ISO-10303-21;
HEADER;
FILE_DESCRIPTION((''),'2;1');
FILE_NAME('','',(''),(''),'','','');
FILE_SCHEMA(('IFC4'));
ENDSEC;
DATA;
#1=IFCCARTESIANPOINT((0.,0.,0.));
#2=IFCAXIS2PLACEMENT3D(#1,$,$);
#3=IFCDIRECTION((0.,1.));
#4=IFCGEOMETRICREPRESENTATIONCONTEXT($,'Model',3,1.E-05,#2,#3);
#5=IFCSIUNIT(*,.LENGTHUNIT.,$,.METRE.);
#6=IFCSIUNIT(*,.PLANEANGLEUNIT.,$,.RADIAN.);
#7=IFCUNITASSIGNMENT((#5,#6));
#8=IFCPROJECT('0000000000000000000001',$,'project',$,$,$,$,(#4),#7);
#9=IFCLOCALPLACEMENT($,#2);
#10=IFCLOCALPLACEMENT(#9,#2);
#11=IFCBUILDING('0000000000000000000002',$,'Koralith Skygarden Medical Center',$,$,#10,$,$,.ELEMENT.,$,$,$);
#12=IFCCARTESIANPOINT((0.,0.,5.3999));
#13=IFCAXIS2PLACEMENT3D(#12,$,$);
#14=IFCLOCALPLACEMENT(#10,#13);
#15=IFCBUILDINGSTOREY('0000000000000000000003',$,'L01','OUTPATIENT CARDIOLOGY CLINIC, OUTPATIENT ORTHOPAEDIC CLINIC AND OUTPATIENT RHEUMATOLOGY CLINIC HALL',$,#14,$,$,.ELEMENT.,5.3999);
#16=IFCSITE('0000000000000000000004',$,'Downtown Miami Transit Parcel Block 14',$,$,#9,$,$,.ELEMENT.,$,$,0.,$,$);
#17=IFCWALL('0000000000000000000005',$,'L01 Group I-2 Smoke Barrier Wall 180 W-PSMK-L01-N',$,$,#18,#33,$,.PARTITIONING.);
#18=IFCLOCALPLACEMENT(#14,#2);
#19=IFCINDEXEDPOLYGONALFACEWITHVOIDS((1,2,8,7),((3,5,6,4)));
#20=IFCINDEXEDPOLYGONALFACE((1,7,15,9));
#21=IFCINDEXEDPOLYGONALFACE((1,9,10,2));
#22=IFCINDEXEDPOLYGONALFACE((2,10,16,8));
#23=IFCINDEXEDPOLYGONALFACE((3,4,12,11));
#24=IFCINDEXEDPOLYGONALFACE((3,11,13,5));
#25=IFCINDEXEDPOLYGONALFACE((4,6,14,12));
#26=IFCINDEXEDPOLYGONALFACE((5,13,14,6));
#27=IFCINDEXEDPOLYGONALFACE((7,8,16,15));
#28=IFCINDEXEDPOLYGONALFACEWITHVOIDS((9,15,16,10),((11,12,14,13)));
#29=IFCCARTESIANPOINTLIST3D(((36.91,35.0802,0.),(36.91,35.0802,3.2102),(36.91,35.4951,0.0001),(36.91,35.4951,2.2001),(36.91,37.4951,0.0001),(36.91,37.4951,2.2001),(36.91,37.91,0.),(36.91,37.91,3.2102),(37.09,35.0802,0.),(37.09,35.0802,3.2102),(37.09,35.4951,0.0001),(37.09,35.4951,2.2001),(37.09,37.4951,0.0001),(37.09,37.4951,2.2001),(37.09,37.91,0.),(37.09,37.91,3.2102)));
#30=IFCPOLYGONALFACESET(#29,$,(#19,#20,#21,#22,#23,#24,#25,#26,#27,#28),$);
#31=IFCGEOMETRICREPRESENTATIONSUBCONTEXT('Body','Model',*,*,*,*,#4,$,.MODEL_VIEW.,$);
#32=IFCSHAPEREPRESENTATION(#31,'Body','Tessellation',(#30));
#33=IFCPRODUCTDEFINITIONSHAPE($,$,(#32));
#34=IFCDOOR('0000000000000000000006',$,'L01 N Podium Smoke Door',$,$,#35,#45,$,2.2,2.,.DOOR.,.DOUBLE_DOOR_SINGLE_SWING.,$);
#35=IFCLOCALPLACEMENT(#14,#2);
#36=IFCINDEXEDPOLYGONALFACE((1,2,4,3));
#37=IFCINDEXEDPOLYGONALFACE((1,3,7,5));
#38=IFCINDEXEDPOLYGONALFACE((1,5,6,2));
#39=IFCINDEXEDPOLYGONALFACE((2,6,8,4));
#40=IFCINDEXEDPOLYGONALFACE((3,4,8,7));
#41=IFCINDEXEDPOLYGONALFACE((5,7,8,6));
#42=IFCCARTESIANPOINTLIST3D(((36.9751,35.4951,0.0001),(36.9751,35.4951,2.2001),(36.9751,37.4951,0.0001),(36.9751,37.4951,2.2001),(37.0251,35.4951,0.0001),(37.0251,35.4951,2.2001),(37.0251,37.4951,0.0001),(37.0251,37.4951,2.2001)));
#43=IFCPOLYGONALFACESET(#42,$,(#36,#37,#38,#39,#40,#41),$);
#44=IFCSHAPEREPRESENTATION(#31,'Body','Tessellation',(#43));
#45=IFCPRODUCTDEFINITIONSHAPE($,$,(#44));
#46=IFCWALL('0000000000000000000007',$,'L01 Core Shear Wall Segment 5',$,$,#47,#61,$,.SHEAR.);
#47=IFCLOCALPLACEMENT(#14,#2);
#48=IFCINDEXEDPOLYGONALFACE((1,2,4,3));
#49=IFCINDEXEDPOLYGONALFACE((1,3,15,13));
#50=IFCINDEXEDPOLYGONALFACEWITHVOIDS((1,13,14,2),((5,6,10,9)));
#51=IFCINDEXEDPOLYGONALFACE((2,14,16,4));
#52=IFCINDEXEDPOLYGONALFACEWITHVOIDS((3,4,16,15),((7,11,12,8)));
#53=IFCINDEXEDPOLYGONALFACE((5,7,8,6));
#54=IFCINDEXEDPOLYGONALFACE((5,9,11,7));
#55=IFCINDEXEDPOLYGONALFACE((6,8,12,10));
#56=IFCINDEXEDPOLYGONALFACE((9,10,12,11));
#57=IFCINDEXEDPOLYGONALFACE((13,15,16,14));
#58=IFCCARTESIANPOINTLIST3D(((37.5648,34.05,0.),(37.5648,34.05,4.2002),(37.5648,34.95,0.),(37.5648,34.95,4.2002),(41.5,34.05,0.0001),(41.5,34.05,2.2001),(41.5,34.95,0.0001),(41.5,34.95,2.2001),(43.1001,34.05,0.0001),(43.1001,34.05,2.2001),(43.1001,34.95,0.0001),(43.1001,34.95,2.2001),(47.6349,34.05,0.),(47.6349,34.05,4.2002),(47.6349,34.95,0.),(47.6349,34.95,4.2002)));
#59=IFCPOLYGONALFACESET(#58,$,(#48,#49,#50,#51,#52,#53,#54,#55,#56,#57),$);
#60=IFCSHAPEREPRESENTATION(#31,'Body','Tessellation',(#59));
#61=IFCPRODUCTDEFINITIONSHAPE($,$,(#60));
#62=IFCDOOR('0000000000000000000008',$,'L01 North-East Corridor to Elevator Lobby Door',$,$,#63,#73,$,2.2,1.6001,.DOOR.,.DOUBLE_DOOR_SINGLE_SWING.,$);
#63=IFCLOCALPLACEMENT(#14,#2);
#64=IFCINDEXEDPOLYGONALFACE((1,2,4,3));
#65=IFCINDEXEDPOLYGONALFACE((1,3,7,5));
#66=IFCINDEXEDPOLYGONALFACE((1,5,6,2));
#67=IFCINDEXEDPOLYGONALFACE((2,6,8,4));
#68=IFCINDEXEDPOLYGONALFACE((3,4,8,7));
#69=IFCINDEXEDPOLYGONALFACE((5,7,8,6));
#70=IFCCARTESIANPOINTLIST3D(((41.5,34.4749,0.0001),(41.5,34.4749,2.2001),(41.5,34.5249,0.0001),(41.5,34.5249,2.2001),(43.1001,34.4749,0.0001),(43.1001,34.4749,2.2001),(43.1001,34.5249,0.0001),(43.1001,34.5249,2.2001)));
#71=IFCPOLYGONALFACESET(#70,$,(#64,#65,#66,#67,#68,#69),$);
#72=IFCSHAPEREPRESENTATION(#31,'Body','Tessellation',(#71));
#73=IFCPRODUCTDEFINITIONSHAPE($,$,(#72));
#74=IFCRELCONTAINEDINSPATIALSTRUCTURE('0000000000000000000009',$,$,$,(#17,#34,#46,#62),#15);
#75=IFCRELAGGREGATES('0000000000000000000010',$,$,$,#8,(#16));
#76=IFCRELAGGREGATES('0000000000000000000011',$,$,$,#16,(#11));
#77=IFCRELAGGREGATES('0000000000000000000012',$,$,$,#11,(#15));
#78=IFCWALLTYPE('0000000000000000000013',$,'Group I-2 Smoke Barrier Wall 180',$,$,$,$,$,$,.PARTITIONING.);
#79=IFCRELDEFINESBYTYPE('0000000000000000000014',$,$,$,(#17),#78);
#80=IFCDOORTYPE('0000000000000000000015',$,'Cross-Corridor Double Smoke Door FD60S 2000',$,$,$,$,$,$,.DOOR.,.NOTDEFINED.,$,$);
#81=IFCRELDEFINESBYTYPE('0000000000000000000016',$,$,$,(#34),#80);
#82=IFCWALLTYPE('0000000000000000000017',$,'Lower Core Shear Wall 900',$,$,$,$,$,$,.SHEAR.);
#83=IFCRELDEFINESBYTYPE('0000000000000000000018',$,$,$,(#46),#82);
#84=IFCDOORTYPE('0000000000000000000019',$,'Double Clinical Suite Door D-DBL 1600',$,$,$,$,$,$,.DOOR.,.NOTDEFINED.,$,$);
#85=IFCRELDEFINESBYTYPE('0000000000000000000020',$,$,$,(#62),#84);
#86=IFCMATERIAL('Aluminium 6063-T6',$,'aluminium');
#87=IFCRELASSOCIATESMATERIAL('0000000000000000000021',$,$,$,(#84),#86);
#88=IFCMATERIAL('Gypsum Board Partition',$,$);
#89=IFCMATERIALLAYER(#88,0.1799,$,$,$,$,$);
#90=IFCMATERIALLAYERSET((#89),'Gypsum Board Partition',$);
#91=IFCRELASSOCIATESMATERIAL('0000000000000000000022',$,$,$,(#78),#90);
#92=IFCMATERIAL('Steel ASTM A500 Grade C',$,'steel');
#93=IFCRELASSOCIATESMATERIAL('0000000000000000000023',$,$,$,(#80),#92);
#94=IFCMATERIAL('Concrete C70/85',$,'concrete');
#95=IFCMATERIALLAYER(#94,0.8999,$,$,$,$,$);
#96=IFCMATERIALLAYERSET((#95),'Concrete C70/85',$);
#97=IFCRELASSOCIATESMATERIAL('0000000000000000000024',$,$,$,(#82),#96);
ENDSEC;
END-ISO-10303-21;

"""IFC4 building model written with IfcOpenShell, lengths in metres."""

from ifc_helpers import new_model, si_unit, direction, frame, frame_2d, origin, place, context, subcontext, project, spatial, rectangle, extrude, material, layer, layer_set, type_object, element, fill, save


model = new_model("IFC4")

# Units and contexts
model_context = context("Model", 3, precision=1e-05, world=origin(), true_north=direction((0.0, 1.0)))
body_context = subcontext(model_context, "Body", "Model", "MODEL_VIEW")
ifc_project = project(units=[si_unit("LENGTHUNIT", "METRE"), si_unit("PLANEANGLEUNIT", "RADIAN")], contexts=[model_context])

# Site, building, storey
site_placement = place(None, origin())
site = spatial("IfcSite", under=ifc_project, at=site_placement, Name="Downtown Miami Transit Parcel Block 14", CompositionType="ELEMENT", RefElevation=0.0)
building_placement = place(site_placement, origin())
building = spatial("IfcBuilding", under=site, at=building_placement, Name="Koralith Skygarden Medical Center", CompositionType="ELEMENT")
storey_placement = place(building_placement, frame((0.0, 0.0, 5.3999)))
storey = spatial("IfcBuildingStorey", under=building, at=storey_placement, Name="L01", Description="OUTPATIENT CARDIOLOGY CLINIC, OUTPATIENT ORTHOPAEDIC CLINIC AND OUTPATIENT RHEUMATOLOGY CLINIC HALL", CompositionType="ELEMENT", Elevation=5.3999)

# Shared definitions
ifc_material_1 = material(Name="Concrete C70/85", Category="concrete")

# Shared definitions
ifc_material_2 = material(Name="Aluminium 6063-T6", Category="aluminium")

# Shared definitions
ifc_material_3 = material(Name="Gypsum Board Partition")

# Walls, openings, doors
door_type_1 = type_object("IfcDoorType", Name="Double Clinical Suite Door D-DBL 1600", OperationType="NOTDEFINED", PredefinedType="DOOR", material=ifc_material_2)
ifc_layer_1 = layer(ifc_material_3, 0.1799)
ifc_layer_set_1 = layer_set([ifc_layer_1], Name="Gypsum Board Partition")
wall_type_1 = type_object("IfcWallType", Name="Group I-2 Smoke Barrier Wall 180", PredefinedType="PARTITIONING", material=ifc_layer_set_1)
wall_1_placement = place(storey_placement, frame((37.0, 35.0801, 0.0), z_axis=(0.0, 0.0, 1.0), x_axis=(0.0, 1.0, 0.0)))
wall_1 = element("IfcWall", 1, at=wall_1_placement, inside=storey, type_object=wall_type_1, Name="L01 Group I-2 Smoke Barrier Wall 180 W-PSMK-L01-N", PredefinedType="PARTITIONING", context=body_context, shape_type="SweptSolid", body=[
    extrude(rectangle(XDim=2.8298, YDim=0.1799, at=frame_2d((1.415, 0.0))), origin(), (0.0, 0.0, 1.0), 3.2102),
])
opening_1_placement = place(wall_1_placement, frame((0.415, 0.0, 0.0)))
opening_1 = element("IfcOpeningElement", 2, at=opening_1_placement, cuts=wall_1, PredefinedType="OPENING", context=body_context, shape_type="SweptSolid", body=[
    extrude(rectangle(XDim=2.0, YDim=2.2, at=frame_2d((1.0, 1.1001))), frame((0.0, 0.0999, 0.0), z_axis=(0.0, -1.0, 0.0), x_axis=(1.0, 0.0, 0.0)), (0.0, 0.0, 1.0), 0.2),
])
ifc_material_4 = material(Name="Steel ASTM A500 Grade C", Category="steel")
door_type_2 = type_object("IfcDoorType", Name="Cross-Corridor Double Smoke Door FD60S 2000", OperationType="NOTDEFINED", PredefinedType="DOOR", material=ifc_material_4)
door_1_placement = place(opening_1_placement, origin())
door_1 = element("IfcDoor", 3, at=door_1_placement, inside=storey, type_object=door_type_2, Name="L01 N Podium Smoke Door", OperationType="DOUBLE_DOOR_SINGLE_SWING", OverallHeight=2.2, OverallWidth=2.0, PredefinedType="DOOR", context=body_context, shape_type="SweptSolid", body=[
    extrude(rectangle(XDim=2.0, YDim=2.2, at=frame_2d((1.0, 1.1001))), frame((0.0, 0.0249, 0.0), z_axis=(0.0, -1.0, 0.0), x_axis=(1.0, 0.0, 0.0)), (0.0, 0.0, 1.0), 0.05),
])
fill(opening_1, door_1)
ifc_layer_2 = layer(ifc_material_1, 0.8999)
ifc_layer_set_2 = layer_set([ifc_layer_2], Name="Concrete C70/85")
wall_type_2 = type_object("IfcWallType", Name="Lower Core Shear Wall 900", PredefinedType="SHEAR", material=ifc_layer_set_2)
wall_2_placement = place(storey_placement, frame((47.635, 34.5, 0.0), z_axis=(0.0, 0.0, 1.0), x_axis=(-1.0, 0.0, 0.0)))
wall_2 = element("IfcWall", 4, at=wall_2_placement, inside=storey, type_object=wall_type_2, Name="L01 Core Shear Wall Segment 5", PredefinedType="SHEAR", context=body_context, shape_type="SweptSolid", body=[
    extrude(rectangle(XDim=10.0701, YDim=0.8999, at=frame_2d((5.0352, 0.0))), origin(), (0.0, 0.0, 1.0), 4.2002),
])
opening_2_placement = place(wall_2_placement, frame((4.5349, 0.0, 0.0)))
opening_2 = element("IfcOpeningElement", 5, at=opening_2_placement, cuts=wall_2, PredefinedType="OPENING", context=body_context, shape_type="SweptSolid", body=[
    extrude(rectangle(XDim=1.6001, YDim=2.2, at=frame_2d((0.8, 1.1001))), frame((0.0, 0.46, 0.0), z_axis=(0.0, -1.0, 0.0), x_axis=(1.0, 0.0, 0.0)), (0.0, 0.0, 1.0), 0.9199),
])
door_2_placement = place(opening_2_placement, frame((1.6001, 0.0, 0.0), z_axis=(0.0, 0.0, 1.0), x_axis=(-1.0, 0.0, 0.0)))
door_2 = element("IfcDoor", 6, at=door_2_placement, inside=storey, type_object=door_type_1, Name="L01 North-East Corridor to Elevator Lobby Door", OperationType="DOUBLE_DOOR_SINGLE_SWING", OverallHeight=2.2, OverallWidth=1.6001, PredefinedType="DOOR", context=body_context, shape_type="SweptSolid", body=[
    extrude(rectangle(XDim=1.6001, YDim=2.2, at=frame_2d((0.8, 1.1001))), frame((0.0, 0.0249, 0.0), z_axis=(0.0, -1.0, 0.0), x_axis=(1.0, 0.0, 0.0)), (0.0, 0.0, 1.0), 0.05),
])
fill(opening_2, door_2)

save(model, "model.ifc")
